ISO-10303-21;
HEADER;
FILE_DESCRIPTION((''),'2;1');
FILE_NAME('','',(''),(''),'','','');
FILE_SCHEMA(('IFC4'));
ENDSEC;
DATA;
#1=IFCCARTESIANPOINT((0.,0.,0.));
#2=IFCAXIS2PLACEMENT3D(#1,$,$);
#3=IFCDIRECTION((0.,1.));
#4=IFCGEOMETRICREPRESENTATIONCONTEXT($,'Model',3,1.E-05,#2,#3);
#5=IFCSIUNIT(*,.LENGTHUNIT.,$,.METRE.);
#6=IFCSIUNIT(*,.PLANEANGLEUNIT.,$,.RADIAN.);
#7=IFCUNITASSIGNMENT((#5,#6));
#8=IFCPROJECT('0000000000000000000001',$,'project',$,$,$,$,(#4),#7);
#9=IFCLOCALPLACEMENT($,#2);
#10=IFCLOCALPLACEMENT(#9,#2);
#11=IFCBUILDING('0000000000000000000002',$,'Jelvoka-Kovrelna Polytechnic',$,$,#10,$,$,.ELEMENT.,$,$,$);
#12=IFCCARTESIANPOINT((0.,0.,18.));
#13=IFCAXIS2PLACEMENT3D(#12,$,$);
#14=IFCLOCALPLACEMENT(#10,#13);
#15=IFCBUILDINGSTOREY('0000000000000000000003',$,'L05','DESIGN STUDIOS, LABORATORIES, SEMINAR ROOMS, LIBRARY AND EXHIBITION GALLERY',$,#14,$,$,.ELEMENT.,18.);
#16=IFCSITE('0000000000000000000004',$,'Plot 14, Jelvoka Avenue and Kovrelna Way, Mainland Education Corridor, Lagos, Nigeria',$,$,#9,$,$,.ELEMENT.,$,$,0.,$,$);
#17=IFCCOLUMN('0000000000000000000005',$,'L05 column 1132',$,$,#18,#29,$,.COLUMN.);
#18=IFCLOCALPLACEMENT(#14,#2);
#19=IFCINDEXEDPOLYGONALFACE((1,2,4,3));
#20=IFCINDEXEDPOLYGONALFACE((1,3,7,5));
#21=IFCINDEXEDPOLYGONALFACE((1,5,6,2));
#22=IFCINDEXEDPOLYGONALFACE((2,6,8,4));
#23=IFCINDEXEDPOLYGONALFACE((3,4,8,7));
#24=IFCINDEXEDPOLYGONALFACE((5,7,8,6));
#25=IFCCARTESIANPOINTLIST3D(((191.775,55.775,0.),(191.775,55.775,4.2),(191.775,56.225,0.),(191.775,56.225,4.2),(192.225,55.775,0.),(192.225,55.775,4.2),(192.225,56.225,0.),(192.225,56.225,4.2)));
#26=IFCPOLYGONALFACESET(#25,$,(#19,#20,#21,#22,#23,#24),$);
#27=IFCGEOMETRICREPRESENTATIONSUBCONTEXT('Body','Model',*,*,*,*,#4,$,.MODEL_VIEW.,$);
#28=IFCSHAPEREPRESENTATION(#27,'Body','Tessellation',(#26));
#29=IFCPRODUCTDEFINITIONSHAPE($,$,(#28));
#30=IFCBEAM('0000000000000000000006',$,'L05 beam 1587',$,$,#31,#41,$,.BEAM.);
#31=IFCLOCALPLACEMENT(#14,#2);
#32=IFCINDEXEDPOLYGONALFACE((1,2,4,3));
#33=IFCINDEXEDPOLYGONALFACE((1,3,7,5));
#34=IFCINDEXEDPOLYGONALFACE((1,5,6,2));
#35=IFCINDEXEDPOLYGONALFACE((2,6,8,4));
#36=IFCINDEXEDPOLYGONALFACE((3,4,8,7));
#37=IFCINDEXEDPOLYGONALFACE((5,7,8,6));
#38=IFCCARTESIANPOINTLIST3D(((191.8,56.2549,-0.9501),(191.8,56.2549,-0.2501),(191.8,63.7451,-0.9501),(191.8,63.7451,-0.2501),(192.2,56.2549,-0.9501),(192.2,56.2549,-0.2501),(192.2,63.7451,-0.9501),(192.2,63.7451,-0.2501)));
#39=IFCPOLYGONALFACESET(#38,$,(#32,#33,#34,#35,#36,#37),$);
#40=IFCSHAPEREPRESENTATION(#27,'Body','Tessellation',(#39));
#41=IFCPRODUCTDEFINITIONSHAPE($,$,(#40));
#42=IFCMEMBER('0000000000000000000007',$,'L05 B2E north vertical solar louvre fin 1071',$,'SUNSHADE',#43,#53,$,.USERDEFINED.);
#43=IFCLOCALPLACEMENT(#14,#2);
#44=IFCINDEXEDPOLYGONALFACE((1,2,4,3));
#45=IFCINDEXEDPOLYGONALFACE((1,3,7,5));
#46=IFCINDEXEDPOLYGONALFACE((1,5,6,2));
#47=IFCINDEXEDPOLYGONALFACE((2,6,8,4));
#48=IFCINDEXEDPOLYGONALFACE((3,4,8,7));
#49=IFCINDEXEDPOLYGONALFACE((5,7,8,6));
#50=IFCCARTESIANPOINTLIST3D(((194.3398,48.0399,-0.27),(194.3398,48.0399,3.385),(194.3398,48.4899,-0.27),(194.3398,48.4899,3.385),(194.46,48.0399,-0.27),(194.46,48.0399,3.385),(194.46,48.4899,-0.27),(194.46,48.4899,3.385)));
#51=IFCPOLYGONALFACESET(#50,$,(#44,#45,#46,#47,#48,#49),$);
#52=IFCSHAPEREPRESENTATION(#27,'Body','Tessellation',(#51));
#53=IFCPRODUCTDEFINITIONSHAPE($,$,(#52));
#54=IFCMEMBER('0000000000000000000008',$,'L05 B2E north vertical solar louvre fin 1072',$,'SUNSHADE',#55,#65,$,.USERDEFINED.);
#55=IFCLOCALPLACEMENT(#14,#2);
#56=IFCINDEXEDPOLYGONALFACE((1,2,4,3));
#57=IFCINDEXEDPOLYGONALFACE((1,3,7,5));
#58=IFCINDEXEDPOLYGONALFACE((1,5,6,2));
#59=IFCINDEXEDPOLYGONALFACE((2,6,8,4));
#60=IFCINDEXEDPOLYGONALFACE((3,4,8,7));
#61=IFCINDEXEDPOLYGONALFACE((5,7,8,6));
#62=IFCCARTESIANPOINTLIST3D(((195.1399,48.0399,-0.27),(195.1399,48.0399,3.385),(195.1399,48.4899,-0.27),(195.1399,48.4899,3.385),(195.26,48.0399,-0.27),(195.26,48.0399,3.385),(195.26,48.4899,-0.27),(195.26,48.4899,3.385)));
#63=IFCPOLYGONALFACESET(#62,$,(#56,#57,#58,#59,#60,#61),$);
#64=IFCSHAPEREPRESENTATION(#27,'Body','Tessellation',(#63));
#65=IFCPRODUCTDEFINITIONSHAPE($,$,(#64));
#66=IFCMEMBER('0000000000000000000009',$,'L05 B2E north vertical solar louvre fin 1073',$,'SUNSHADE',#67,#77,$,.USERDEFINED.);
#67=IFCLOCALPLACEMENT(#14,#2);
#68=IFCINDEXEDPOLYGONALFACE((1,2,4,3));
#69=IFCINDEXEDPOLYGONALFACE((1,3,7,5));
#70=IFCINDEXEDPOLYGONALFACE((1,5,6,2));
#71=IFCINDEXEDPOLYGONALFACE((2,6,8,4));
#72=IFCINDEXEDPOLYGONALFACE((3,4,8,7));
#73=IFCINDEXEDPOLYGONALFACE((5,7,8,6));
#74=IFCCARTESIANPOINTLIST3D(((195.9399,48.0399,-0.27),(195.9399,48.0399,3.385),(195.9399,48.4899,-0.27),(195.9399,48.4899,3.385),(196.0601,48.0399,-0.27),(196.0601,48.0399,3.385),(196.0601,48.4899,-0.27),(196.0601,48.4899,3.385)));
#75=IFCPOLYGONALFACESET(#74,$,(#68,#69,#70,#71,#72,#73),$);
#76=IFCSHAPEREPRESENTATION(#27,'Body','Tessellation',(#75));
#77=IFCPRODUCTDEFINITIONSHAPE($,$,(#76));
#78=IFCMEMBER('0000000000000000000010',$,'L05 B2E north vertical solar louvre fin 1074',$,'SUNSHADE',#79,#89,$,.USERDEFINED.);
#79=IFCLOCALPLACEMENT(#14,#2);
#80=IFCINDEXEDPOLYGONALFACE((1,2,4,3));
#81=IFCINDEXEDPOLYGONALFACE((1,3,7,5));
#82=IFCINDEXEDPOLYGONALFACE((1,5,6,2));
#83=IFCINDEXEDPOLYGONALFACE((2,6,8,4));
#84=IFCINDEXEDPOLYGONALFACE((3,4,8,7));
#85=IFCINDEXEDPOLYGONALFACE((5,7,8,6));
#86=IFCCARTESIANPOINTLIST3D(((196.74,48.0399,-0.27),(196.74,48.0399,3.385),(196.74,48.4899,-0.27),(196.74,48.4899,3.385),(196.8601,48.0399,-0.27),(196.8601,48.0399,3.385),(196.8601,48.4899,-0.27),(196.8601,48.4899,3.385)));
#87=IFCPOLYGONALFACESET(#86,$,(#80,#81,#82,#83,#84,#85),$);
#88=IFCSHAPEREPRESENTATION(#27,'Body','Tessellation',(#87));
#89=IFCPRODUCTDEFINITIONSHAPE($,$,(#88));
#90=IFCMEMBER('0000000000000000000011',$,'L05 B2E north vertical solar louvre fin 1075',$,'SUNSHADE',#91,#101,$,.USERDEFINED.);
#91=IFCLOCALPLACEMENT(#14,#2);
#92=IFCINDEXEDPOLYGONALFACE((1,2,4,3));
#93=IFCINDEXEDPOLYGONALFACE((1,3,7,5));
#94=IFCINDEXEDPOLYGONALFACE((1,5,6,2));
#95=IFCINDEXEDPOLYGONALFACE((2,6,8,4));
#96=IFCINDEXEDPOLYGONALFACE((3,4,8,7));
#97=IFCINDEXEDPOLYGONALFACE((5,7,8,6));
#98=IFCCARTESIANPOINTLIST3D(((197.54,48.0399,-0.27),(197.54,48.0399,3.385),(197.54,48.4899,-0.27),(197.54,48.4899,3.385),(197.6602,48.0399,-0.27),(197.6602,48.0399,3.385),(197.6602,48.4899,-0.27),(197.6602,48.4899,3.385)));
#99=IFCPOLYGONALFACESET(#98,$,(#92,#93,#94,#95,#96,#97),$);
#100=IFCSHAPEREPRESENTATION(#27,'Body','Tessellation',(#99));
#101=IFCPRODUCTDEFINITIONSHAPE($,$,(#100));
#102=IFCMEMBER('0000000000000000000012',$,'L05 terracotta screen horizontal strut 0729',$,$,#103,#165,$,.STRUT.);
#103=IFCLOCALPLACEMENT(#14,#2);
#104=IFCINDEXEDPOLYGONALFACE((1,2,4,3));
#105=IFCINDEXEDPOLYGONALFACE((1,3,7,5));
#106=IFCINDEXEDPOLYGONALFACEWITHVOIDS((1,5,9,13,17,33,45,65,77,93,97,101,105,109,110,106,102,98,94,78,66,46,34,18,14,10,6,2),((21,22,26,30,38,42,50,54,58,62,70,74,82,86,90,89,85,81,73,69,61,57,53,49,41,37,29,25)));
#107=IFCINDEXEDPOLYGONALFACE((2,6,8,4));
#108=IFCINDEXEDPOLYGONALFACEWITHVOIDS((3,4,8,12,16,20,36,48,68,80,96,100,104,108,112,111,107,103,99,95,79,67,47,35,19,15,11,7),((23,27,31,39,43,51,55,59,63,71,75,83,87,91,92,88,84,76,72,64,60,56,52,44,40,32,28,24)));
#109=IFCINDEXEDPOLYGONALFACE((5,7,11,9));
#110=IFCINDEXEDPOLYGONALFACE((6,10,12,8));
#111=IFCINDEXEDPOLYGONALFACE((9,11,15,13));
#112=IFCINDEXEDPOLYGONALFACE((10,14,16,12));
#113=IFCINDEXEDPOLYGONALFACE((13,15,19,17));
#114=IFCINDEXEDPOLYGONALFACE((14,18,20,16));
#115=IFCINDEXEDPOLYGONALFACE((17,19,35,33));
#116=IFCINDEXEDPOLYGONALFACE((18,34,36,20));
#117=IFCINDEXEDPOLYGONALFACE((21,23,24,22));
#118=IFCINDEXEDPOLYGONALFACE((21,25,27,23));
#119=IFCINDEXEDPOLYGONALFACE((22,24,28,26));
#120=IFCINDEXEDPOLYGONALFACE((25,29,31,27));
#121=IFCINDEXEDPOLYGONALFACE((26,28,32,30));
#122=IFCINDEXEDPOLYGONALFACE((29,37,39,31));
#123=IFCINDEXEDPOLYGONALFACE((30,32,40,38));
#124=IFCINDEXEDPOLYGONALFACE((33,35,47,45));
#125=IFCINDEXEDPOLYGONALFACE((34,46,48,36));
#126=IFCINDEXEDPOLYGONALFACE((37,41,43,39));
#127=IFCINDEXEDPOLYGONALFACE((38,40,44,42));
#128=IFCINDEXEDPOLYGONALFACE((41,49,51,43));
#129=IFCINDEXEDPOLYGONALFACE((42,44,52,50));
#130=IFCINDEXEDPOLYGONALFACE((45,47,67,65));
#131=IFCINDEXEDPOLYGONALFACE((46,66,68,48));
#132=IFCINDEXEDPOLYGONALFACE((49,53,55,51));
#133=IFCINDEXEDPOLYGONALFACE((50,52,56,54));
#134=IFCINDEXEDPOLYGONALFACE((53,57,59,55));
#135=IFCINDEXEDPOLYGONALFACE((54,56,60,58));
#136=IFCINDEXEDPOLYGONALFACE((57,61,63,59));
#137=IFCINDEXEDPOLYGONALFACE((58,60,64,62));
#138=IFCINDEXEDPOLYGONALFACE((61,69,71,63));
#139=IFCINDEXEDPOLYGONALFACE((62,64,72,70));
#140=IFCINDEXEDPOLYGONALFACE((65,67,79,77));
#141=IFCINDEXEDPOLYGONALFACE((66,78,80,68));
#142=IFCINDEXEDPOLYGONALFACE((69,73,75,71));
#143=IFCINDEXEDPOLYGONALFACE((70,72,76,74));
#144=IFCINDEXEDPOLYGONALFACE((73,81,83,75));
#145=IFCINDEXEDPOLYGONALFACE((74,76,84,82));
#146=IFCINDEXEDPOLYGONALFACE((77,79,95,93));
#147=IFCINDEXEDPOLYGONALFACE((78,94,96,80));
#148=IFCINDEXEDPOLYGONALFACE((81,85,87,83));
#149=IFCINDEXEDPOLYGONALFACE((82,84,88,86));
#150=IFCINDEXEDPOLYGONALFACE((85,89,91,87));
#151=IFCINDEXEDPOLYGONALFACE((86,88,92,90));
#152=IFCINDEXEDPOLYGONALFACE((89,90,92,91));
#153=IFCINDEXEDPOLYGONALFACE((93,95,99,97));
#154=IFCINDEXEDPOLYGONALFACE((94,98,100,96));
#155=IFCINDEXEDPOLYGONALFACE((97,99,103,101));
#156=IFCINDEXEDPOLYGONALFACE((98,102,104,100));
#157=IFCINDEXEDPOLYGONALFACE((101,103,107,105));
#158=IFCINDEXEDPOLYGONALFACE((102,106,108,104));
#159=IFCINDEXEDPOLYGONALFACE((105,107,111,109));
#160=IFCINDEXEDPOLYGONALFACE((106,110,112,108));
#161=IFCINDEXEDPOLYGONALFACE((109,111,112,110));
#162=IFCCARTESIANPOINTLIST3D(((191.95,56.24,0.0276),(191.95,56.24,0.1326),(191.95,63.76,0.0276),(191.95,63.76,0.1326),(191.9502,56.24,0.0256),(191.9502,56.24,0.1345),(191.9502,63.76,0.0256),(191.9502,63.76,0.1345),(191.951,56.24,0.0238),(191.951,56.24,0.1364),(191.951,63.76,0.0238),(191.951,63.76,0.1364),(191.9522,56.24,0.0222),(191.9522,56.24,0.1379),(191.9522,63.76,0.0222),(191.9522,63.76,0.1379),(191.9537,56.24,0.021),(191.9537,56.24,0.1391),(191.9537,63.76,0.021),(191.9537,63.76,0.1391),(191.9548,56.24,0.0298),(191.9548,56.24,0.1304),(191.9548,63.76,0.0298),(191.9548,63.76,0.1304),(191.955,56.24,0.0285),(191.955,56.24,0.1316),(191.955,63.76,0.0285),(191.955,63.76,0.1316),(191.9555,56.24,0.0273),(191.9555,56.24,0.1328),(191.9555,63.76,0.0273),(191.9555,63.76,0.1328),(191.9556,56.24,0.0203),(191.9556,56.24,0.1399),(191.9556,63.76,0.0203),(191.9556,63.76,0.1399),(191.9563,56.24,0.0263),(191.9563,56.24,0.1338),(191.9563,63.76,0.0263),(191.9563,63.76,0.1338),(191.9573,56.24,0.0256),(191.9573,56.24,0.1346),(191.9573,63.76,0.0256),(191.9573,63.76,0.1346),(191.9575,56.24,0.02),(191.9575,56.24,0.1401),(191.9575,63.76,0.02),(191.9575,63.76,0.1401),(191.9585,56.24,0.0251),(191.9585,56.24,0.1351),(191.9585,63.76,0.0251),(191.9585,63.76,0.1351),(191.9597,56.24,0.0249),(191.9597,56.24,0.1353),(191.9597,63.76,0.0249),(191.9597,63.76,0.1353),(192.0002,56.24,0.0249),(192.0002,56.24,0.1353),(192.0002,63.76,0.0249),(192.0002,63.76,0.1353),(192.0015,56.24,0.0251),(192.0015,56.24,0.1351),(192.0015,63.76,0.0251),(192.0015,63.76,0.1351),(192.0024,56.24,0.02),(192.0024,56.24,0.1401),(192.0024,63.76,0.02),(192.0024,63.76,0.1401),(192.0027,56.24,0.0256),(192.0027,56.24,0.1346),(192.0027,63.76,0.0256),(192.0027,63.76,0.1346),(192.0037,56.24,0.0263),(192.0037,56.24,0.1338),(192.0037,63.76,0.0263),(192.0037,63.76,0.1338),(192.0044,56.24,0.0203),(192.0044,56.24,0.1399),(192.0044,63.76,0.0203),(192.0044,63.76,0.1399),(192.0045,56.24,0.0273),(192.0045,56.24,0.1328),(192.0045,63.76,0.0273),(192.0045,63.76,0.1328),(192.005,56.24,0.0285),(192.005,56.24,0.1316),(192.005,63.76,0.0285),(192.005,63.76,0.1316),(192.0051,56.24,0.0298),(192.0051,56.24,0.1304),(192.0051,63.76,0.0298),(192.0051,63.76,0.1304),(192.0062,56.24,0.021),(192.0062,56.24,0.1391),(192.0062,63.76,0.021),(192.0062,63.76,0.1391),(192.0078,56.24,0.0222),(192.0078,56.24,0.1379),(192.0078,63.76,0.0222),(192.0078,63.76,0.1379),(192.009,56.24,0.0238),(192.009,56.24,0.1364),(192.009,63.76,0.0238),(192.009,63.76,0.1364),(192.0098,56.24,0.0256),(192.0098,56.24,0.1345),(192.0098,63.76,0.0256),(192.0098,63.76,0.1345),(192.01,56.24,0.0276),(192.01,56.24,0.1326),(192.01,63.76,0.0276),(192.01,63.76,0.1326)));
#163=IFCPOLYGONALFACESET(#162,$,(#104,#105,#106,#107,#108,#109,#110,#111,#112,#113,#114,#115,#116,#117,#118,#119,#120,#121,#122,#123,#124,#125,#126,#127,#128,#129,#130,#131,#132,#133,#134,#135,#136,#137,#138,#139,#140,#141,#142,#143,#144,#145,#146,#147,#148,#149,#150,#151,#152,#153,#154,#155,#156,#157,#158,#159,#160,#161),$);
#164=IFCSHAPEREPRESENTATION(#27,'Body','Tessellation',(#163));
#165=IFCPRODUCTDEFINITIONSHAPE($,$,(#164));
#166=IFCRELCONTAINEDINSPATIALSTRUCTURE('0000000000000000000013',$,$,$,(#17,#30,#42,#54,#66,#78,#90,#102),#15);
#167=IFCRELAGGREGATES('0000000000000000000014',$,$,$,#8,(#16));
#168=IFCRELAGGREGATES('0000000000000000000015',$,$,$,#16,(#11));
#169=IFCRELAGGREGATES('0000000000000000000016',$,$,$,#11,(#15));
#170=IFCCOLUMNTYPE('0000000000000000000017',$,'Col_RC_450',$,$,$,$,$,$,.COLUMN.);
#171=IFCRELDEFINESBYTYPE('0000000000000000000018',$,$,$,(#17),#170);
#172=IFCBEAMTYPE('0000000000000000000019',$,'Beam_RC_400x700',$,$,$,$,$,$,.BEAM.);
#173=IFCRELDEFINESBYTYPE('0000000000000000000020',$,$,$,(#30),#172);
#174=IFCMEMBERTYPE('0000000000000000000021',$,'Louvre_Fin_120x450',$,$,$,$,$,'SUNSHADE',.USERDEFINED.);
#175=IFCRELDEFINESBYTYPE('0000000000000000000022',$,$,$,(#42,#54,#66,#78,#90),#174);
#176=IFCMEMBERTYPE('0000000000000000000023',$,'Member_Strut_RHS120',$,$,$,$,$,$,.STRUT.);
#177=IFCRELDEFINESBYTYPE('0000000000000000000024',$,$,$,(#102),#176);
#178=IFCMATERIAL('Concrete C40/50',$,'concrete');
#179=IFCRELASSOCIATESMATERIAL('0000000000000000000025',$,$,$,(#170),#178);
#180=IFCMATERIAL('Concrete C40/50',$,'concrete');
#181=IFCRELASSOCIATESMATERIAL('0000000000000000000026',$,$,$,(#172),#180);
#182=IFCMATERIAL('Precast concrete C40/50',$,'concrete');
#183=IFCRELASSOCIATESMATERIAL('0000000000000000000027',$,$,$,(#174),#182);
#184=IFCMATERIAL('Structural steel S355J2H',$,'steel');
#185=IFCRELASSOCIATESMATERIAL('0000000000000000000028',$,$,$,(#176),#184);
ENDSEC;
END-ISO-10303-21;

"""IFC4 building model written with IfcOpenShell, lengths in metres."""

from ifc_helpers import new_model, si_unit, direction, frame, origin, origin_2d, place, context, subcontext, project, spatial, rectangle, hollow_rectangle, extrude, material, material_profile, profile_set, type_object, element, save


model = new_model("IFC4")

# Units and contexts
model_context = context("Model", 3, precision=1e-05, world=origin(), true_north=direction((0.0, 1.0)))
body_context = subcontext(model_context, "Body", "Model", "MODEL_VIEW")
ifc_project = project(units=[si_unit("LENGTHUNIT", "METRE"), si_unit("PLANEANGLEUNIT", "RADIAN")], contexts=[model_context])

# Site, building, storey
site_placement = place(None, origin())
site = spatial("IfcSite", under=ifc_project, at=site_placement, Name="Plot 14, Jelvoka Avenue and Kovrelna Way, Mainland Education Corridor, Lagos, Nigeria", CompositionType="ELEMENT", RefElevation=0.0)
building_placement = place(site_placement, origin())
building = spatial("IfcBuilding", under=site, at=building_placement, Name="Jelvoka-Kovrelna Polytechnic", CompositionType="ELEMENT")
storey_placement = place(building_placement, frame((0.0, 0.0, 18.0)))
storey = spatial("IfcBuildingStorey", under=building, at=storey_placement, Name="L05", Description="DESIGN STUDIOS, LABORATORIES, SEMINAR ROOMS, LIBRARY AND EXHIBITION GALLERY", CompositionType="ELEMENT", Elevation=18.0)

# Column
ifc_material_1 = material(Name="Concrete C40/50", Category="concrete")
ifc_material_profile_1 = material_profile(ifc_material_1, rectangle(XDim=0.45, YDim=0.45, at=origin_2d()), Name="RC 450x450")
ifc_profile_set_1 = profile_set([ifc_material_profile_1], Name="Concrete C40/50")
column_type = type_object("IfcColumnType", Name="Col_RC_450", PredefinedType="COLUMN", material=ifc_profile_set_1)
column_placement = place(storey_placement, frame((192.0, 56.0, 0.0), z_axis=(0.0, 0.0, 1.0), x_axis=(1.0, 0.0, 0.0)))
element("IfcColumn", 1, at=column_placement, inside=storey, type_object=column_type, Name="L05 column 1132", PredefinedType="COLUMN", context=body_context, shape_type="SweptSolid", body=[
    extrude(rectangle(XDim=0.45, YDim=0.45, at=origin_2d()), origin(), (0.0, 0.0, 1.0), 4.2),
])

# Beam
ifc_material_2 = material(Name="Concrete C40/50", Category="concrete")
ifc_material_profile_2 = material_profile(ifc_material_2, rectangle(XDim=0.3999, YDim=0.7, at=origin_2d()), Name="RC 400x700")
ifc_profile_set_2 = profile_set([ifc_material_profile_2], Name="Concrete C40/50")
beam_type = type_object("IfcBeamType", Name="Beam_RC_400x700", PredefinedType="BEAM", material=ifc_profile_set_2)
beam_placement = place(storey_placement, frame((192.0, 56.2549, -0.6001), z_axis=(0.0, 1.0, 0.0), x_axis=(-1.0, 0.0, 0.0)))
element("IfcBeam", 2, at=beam_placement, inside=storey, type_object=beam_type, Name="L05 beam 1587", PredefinedType="BEAM", context=body_context, shape_type="SweptSolid", body=[
    extrude(rectangle(XDim=0.3999, YDim=0.7, at=origin_2d()), origin(), (0.0, 0.0, 1.0), 7.4902),
])

# Members
ifc_material_3 = material(Name="Precast concrete C40/50", Category="concrete")
ifc_material_profile_3 = material_profile(ifc_material_3, rectangle(XDim=0.1201, YDim=0.45, at=origin_2d()), Name="PC 120x450")
ifc_profile_set_3 = profile_set([ifc_material_profile_3], Name="Precast concrete C40/50")
member_type_1 = type_object("IfcMemberType", Name="Louvre_Fin_120x450", ElementType="SUNSHADE", PredefinedType="USERDEFINED", material=ifc_profile_set_3)
for number, where, z_axis, x_axis, name in (
    (3, (194.3999, 48.2649, -0.27), (0.0, 0.0, 1.0), (1.0, 0.0, 0.0), "L05 B2E north vertical solar louvre fin 1071"),
    (4, (195.2, 48.2649, -0.27), (0.0, 0.0, 1.0), (1.0, 0.0, 0.0), "L05 B2E north vertical solar louvre fin 1072"),
    (5, (196.0, 48.2649, -0.27), (0.0, 0.0, 1.0), (1.0, 0.0, 0.0), "L05 B2E north vertical solar louvre fin 1073"),
    (6, (196.8, 48.2649, -0.27), (0.0, 0.0, 1.0), (1.0, 0.0, 0.0), "L05 B2E north vertical solar louvre fin 1074"),
    (7, (197.6001, 48.2649, -0.27), (0.0, 0.0, 1.0), (1.0, 0.0, 0.0), "L05 B2E north vertical solar louvre fin 1075"),
):
    element("IfcMember", number, at=place(storey_placement, frame(where, z_axis=z_axis, x_axis=x_axis)), inside=storey, type_object=member_type_1, Name=name, ObjectType="SUNSHADE", PredefinedType="USERDEFINED", context=body_context, shape_type="SweptSolid", body=[
        extrude(rectangle(XDim=0.1201, YDim=0.45, at=origin_2d()), origin(), (0.0, 0.0, 1.0), 3.655),
    ])
ifc_material_4 = material(Name="Structural steel S355J2H", Category="steel")
ifc_material_profile_4 = material_profile(ifc_material_4, hollow_rectangle(XDim=0.0601, YDim=0.1201, WallThickness=0.0049, InnerFilletRadius=0.0049, OuterFilletRadius=0.0076, at=origin_2d()), Name="120x60x5.0 RHS")
ifc_profile_set_4 = profile_set([ifc_material_profile_4], Name="Structural steel S355J2H")
member_type_2 = type_object("IfcMemberType", Name="Member_Strut_RHS120", PredefinedType="STRUT", material=ifc_profile_set_4)
for number, where, z_axis, x_axis, name in (
    (8, (191.98, 56.24, 0.0801), (0.0, 1.0, 0.0), (-1.0, 0.0, 0.0), "L05 terracotta screen horizontal strut 0729"),
):
    element("IfcMember", number, at=place(storey_placement, frame(where, z_axis=z_axis, x_axis=x_axis)), inside=storey, type_object=member_type_2, Name=name, PredefinedType="STRUT", context=body_context, shape_type="SweptSolid", body=[
        extrude(hollow_rectangle(XDim=0.0601, YDim=0.1201, WallThickness=0.0049, InnerFilletRadius=0.0049, OuterFilletRadius=0.0076, at=origin_2d()), origin(), (0.0, 0.0, 1.0), 7.52),
    ])

save(model, "model.ifc")
